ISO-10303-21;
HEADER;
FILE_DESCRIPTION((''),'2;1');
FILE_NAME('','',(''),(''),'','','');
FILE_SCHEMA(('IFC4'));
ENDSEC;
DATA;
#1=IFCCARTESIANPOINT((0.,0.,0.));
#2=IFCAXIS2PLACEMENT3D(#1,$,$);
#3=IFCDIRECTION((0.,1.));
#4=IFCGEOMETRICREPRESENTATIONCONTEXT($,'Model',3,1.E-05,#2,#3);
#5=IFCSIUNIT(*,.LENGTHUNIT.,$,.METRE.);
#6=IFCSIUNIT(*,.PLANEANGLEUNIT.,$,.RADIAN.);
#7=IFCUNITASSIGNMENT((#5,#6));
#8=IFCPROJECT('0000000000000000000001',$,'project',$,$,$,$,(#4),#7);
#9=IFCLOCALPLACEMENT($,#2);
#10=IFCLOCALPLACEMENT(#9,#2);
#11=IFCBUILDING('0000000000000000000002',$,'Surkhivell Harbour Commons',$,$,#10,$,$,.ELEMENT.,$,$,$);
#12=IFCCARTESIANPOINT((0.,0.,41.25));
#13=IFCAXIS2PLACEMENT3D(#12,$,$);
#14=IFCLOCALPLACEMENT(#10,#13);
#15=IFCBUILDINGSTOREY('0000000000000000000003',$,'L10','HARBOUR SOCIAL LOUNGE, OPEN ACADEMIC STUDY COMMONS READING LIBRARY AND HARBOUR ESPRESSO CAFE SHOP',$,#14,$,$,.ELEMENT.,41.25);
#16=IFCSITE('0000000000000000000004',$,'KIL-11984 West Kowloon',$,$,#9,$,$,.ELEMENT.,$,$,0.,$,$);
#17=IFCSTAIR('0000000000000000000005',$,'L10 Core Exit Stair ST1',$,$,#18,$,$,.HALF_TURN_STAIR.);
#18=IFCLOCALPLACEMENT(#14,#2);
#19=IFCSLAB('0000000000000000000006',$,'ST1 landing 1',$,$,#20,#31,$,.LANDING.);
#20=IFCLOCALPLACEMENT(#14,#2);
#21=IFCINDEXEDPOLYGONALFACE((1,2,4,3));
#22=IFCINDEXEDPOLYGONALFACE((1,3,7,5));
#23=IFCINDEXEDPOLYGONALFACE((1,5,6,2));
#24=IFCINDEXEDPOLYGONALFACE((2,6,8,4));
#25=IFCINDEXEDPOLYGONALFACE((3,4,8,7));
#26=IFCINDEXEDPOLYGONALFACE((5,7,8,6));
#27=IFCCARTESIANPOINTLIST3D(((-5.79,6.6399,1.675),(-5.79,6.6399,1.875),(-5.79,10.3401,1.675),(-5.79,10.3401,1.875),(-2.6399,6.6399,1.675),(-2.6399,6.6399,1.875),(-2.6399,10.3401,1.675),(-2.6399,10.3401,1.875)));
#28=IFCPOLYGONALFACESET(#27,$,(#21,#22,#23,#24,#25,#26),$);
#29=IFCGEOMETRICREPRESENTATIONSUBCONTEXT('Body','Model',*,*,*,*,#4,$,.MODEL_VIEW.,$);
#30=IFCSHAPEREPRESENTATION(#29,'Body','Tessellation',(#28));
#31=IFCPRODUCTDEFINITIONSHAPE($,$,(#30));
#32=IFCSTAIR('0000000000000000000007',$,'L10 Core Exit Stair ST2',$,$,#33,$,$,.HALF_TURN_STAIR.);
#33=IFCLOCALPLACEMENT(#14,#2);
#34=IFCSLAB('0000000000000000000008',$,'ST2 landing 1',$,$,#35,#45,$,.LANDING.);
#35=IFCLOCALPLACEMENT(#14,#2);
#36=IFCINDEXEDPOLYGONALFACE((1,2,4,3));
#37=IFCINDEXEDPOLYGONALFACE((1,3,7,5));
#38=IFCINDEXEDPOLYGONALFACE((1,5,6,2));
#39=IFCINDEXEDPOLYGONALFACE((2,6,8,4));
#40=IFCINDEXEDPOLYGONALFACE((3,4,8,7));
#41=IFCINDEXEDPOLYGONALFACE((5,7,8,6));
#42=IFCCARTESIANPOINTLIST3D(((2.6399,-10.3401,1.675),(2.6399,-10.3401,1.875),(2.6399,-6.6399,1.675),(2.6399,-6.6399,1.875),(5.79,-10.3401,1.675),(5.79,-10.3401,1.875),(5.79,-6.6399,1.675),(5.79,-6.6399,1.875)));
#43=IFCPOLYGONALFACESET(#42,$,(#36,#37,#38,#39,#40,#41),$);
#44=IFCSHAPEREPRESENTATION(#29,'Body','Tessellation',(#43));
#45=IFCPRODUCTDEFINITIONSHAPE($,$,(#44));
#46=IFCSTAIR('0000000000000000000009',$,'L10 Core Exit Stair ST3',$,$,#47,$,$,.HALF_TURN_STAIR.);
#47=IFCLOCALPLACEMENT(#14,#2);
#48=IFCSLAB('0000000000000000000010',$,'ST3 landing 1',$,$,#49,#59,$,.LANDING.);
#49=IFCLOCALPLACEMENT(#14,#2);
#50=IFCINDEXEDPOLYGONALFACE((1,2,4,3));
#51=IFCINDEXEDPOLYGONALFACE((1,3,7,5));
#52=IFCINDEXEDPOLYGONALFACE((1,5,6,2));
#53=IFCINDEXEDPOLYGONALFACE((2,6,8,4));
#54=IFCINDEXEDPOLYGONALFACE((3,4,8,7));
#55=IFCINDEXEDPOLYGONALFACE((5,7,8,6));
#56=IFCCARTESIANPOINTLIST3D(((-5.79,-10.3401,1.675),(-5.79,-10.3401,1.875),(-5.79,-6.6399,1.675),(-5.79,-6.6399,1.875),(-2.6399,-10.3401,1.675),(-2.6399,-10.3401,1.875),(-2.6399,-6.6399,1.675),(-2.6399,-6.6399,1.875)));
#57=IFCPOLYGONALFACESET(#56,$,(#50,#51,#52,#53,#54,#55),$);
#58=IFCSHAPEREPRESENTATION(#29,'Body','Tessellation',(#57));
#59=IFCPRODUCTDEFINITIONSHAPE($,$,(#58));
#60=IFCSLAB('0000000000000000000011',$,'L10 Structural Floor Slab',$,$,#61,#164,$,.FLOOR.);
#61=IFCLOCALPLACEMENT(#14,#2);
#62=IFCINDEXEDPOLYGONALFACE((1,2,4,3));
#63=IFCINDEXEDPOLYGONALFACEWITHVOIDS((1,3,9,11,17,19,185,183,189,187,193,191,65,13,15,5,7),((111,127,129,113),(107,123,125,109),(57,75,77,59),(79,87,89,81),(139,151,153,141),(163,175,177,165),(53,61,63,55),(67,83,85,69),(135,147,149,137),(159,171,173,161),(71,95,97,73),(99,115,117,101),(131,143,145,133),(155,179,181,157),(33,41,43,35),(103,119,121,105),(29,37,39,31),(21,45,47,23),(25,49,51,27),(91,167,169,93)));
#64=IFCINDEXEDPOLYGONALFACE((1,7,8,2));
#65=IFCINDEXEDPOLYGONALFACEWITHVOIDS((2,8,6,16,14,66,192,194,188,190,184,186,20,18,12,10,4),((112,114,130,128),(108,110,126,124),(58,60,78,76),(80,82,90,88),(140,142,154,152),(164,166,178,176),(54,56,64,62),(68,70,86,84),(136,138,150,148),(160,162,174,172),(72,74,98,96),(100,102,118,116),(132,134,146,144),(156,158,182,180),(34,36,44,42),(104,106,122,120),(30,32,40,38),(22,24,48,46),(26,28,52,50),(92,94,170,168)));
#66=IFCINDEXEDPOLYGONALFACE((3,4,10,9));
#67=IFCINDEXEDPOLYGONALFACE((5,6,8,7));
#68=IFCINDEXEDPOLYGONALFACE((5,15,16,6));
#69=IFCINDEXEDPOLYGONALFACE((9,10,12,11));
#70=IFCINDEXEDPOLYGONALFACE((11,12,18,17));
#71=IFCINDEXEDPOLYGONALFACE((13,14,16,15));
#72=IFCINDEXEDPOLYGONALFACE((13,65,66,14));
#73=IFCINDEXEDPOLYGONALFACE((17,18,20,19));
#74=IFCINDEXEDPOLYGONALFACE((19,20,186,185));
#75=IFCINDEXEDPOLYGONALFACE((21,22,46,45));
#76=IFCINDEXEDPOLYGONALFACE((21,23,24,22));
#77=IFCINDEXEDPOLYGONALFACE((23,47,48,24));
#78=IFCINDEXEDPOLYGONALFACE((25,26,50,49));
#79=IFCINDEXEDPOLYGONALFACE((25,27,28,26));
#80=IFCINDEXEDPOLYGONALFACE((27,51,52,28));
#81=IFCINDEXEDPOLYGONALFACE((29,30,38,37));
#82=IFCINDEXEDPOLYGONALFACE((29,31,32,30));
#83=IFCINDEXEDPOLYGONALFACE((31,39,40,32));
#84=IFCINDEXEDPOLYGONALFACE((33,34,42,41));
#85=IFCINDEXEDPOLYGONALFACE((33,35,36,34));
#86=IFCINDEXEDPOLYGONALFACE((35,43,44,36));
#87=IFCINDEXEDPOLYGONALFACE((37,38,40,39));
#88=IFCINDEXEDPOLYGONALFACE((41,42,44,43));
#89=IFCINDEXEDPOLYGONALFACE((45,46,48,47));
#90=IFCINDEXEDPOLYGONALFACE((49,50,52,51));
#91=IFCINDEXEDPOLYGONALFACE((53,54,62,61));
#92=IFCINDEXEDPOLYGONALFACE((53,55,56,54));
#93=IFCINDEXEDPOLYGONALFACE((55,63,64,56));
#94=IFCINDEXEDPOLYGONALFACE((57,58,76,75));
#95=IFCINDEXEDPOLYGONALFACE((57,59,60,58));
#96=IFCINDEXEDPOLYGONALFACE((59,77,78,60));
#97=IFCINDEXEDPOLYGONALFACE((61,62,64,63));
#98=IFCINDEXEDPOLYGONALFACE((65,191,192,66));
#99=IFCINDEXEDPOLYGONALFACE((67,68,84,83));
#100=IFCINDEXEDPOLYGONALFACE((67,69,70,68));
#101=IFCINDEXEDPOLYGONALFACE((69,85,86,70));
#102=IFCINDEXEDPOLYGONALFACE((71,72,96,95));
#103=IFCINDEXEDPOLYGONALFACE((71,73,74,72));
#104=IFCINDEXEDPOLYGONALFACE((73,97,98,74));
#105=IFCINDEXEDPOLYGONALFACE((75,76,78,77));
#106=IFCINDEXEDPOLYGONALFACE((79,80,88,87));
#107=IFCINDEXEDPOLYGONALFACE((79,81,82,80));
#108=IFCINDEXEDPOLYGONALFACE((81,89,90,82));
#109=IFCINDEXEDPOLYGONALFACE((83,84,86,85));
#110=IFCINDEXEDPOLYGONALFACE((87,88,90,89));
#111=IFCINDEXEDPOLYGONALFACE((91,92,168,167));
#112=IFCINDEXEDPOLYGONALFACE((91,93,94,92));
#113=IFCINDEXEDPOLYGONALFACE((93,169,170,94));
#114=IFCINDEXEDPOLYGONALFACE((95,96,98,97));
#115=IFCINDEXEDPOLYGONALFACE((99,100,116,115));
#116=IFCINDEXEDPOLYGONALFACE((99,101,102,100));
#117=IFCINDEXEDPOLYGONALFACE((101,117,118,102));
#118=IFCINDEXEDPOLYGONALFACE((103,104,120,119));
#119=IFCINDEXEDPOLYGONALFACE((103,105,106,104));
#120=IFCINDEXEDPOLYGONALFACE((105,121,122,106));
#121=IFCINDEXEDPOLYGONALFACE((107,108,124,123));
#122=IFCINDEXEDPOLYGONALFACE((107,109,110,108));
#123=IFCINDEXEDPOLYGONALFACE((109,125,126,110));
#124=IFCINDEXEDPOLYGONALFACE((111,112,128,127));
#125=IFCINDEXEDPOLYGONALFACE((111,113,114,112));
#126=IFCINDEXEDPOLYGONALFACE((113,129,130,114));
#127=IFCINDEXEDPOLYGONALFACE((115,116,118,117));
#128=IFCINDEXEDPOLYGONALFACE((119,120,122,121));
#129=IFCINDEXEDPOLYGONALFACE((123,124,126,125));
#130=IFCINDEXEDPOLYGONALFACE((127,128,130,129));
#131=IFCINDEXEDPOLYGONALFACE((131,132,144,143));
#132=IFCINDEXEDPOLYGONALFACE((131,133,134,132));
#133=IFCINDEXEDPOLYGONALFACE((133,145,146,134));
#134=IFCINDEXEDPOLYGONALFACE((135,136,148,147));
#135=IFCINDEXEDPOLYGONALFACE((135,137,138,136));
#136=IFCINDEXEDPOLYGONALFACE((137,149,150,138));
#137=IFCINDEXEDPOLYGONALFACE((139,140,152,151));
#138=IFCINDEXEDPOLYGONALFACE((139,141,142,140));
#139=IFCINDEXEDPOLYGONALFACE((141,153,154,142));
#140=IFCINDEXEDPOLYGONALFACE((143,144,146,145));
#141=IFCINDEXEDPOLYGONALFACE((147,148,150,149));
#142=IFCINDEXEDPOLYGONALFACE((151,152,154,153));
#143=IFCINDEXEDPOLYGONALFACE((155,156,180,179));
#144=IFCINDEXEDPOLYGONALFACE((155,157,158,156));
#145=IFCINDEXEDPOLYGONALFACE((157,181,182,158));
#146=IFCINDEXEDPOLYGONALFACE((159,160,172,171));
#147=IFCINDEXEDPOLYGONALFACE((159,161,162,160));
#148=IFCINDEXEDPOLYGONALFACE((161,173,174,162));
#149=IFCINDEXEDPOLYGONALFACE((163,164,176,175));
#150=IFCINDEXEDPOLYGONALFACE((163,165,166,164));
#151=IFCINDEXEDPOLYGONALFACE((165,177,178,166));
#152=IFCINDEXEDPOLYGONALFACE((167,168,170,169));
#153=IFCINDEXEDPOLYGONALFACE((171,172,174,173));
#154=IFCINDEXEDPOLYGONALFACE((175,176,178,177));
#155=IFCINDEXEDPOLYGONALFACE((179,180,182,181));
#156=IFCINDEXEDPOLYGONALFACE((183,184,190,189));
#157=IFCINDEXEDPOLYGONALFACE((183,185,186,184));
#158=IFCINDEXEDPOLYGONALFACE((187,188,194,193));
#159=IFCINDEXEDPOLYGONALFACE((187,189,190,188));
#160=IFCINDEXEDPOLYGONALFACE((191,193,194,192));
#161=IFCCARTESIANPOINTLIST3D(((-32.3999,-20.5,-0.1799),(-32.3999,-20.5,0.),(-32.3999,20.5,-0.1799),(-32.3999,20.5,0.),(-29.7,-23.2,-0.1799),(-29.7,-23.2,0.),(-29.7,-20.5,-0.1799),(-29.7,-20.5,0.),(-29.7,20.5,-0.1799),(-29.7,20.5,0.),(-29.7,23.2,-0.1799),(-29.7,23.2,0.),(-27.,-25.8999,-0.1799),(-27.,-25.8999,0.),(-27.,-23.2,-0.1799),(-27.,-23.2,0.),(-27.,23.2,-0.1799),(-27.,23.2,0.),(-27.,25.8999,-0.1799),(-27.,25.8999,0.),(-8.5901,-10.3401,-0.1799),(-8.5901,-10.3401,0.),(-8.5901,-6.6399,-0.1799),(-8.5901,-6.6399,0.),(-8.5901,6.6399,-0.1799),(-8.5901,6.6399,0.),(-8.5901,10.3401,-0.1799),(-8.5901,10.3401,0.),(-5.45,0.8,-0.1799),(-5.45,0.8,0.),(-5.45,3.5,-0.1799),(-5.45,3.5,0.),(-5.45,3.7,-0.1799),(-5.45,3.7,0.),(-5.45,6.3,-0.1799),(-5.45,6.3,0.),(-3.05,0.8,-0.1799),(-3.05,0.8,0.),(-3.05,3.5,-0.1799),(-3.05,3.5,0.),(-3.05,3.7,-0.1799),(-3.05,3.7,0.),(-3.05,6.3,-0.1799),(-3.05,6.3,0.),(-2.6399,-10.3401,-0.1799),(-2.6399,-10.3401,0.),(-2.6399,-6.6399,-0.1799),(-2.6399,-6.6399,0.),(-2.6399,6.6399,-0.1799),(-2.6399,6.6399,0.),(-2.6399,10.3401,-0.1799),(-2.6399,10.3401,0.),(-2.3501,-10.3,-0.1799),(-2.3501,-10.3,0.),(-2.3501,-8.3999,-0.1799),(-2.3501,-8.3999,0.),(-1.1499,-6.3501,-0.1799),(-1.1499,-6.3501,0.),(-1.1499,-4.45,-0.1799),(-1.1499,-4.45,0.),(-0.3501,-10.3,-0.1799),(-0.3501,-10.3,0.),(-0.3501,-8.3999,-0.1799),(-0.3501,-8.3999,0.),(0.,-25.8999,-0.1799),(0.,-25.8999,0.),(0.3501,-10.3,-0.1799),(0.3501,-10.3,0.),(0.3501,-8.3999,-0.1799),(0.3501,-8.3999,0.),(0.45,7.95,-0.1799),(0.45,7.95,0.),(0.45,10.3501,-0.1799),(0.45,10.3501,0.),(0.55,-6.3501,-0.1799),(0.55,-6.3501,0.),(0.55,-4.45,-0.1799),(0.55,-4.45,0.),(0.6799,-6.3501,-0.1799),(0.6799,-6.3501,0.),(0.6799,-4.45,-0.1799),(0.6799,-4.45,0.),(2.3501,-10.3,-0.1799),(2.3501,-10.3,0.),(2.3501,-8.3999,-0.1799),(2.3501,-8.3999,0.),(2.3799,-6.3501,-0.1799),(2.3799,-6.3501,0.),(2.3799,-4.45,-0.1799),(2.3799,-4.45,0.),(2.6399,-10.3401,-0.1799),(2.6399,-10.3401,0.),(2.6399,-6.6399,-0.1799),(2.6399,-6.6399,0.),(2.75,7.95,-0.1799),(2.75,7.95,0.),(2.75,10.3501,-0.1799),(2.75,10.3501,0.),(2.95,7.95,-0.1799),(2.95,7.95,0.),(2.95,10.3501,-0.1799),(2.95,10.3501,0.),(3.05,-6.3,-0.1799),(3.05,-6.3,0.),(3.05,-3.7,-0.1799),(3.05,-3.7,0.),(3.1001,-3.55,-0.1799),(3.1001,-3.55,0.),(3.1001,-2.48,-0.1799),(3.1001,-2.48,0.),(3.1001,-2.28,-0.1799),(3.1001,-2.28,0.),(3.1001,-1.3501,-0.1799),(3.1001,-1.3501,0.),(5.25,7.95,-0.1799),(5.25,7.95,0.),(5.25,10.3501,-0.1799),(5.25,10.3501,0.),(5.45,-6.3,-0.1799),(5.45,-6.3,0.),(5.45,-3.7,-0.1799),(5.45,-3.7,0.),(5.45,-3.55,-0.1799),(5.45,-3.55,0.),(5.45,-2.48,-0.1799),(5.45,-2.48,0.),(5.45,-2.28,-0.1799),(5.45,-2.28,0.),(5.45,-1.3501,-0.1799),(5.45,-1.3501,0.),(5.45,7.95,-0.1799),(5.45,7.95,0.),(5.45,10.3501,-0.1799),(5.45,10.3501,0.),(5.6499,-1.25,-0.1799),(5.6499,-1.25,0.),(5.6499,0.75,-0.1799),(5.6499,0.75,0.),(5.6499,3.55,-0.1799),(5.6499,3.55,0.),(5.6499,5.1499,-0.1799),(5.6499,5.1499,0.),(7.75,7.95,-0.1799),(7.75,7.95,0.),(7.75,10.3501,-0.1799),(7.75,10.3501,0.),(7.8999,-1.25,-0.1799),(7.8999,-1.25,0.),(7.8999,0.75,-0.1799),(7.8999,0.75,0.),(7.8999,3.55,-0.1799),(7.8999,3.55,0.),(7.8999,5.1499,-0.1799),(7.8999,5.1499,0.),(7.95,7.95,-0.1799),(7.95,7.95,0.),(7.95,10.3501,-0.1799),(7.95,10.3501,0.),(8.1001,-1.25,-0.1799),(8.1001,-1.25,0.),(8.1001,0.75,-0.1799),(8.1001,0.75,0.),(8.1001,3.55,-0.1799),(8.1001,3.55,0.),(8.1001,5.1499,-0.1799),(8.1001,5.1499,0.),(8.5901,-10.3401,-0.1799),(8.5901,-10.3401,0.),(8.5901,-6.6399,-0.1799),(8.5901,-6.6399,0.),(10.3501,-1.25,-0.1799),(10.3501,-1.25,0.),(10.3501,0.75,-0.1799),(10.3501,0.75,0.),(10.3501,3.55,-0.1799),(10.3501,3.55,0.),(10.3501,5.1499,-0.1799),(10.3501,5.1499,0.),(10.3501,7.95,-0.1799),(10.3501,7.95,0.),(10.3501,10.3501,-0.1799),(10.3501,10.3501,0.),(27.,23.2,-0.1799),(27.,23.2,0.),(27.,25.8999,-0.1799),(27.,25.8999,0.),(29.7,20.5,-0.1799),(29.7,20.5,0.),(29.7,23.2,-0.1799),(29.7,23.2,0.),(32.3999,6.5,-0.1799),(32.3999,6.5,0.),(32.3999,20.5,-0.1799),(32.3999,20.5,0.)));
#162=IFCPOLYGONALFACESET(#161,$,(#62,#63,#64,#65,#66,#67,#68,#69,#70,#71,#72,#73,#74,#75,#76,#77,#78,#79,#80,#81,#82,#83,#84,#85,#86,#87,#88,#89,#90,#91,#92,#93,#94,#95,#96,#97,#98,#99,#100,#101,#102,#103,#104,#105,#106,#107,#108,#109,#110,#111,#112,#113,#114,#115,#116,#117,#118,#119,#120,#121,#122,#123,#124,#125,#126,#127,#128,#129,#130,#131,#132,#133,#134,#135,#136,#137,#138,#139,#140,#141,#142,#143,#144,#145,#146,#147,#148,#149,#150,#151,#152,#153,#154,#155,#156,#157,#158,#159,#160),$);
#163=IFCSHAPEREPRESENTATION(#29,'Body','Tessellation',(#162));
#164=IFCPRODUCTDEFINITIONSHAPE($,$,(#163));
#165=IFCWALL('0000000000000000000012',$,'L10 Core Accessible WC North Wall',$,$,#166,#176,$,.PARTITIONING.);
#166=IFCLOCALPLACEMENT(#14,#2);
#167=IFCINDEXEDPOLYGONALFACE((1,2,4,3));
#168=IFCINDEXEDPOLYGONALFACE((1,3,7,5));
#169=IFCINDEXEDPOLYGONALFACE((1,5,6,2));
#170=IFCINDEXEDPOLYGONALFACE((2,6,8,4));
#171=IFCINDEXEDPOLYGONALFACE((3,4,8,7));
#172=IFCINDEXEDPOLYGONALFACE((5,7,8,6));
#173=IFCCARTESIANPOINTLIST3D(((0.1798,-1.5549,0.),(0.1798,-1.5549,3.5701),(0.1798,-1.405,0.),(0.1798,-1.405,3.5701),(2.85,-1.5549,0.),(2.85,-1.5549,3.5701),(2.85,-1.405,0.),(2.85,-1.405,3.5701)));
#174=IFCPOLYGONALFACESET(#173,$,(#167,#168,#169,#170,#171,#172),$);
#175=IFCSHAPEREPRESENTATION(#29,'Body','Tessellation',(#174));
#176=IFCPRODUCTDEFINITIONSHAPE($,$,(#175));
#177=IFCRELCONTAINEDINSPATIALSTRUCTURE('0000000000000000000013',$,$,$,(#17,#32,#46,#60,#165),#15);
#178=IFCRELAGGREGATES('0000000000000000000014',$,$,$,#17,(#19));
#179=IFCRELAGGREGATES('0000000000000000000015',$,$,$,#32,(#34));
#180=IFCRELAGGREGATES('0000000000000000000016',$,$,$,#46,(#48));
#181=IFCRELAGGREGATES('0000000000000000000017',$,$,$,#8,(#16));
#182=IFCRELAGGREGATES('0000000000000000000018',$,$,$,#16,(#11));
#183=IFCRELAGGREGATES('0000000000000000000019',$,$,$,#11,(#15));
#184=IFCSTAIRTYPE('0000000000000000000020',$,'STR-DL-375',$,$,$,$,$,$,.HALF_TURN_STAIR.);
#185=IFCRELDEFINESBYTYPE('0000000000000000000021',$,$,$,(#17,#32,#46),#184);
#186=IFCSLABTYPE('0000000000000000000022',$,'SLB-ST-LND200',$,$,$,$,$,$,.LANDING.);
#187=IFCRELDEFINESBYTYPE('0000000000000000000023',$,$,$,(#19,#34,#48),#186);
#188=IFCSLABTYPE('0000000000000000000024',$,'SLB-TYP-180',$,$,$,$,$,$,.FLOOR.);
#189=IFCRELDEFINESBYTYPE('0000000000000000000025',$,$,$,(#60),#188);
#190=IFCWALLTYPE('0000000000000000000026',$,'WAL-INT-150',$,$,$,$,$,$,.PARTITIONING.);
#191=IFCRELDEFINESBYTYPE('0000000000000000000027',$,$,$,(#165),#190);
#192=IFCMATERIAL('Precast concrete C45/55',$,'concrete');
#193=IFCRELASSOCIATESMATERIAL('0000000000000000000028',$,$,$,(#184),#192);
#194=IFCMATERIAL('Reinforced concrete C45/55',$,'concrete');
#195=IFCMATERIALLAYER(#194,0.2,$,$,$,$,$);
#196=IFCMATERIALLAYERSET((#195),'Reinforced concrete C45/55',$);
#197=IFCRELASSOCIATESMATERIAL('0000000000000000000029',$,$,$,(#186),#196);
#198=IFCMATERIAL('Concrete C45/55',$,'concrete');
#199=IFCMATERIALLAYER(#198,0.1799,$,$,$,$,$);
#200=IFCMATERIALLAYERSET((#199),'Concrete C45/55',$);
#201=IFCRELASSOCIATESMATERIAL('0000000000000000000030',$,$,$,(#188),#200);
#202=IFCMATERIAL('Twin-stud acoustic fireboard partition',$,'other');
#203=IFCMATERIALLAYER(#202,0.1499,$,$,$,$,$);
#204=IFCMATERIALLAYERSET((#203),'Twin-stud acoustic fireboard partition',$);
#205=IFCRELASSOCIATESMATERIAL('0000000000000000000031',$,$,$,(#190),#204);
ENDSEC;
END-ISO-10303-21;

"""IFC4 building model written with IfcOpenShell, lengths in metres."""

from ifc_helpers import new_model, si_unit, direction, frame, frame_2d, origin, place, context, subcontext, project, spatial, polyline, rectangle, outline, extrude, material, layer, layer_set, type_object, element, aggregate, save


model = new_model("IFC4")

# Units and contexts
model_context = context("Model", 3, precision=1e-05, world=origin(), true_north=direction((0.0, 1.0)))
body_context = subcontext(model_context, "Body", "Model", "MODEL_VIEW")
ifc_project = project(units=[si_unit("LENGTHUNIT", "METRE"), si_unit("PLANEANGLEUNIT", "RADIAN")], contexts=[model_context])

# Site, building, storey
site_placement = place(None, origin())
site = spatial("IfcSite", under=ifc_project, at=site_placement, Name="KIL-11984 West Kowloon", CompositionType="ELEMENT", RefElevation=0.0)
building_placement = place(site_placement, origin())
building = spatial("IfcBuilding", under=site, at=building_placement, Name="Surkhivell Harbour Commons", CompositionType="ELEMENT")
storey_placement = place(building_placement, frame((0.0, 0.0, 41.25)))
storey = spatial("IfcBuildingStorey", under=building, at=storey_placement, Name="L10", Description="HARBOUR SOCIAL LOUNGE, OPEN ACADEMIC STUDY COMMONS READING LIBRARY AND HARBOUR ESPRESSO CAFE SHOP", CompositionType="ELEMENT", Elevation=41.25)

# Stairs, slabs
ifc_material_1 = material(Name="Precast concrete C45/55", Category="concrete")
stair_type = type_object("IfcStairType", Name="STR-DL-375", PredefinedType="HALF_TURN_STAIR", material=ifc_material_1)
stair_1_placement = place(storey_placement, origin())
stair_1 = element("IfcStair", 1, at=stair_1_placement, inside=storey, type_object=stair_type, Name="L10 Core Exit Stair ST1", PredefinedType="HALF_TURN_STAIR")
ifc_material_2 = material(Name="Reinforced concrete C45/55", Category="concrete")
ifc_layer_1 = layer(ifc_material_2, 0.2)
ifc_layer_set_1 = layer_set([ifc_layer_1], Name="Reinforced concrete C45/55")
slab_type_1 = type_object("IfcSlabType", Name="SLB-ST-LND200", PredefinedType="LANDING", material=ifc_layer_set_1)
slab_1_placement = place(storey_placement, frame((0.0, 0.0, 1.675)))
slab_1 = element("IfcSlab", 2, at=slab_1_placement, type_object=slab_type_1, Name="ST1 landing 1", PredefinedType="LANDING", context=body_context, shape_type="SweptSolid", body=[
    extrude(outline(polyline([(-5.79, 6.6399), (-2.6399, 6.6399), (-2.6399, 10.3401), (-5.79, 10.3401), (-5.79, 6.6399)])), origin(), (0.0, 0.0, 1.0), 0.2),
])
aggregate(stair_1, [slab_1])
stair_2_placement = place(storey_placement, origin())
stair_2 = element("IfcStair", 3, at=stair_2_placement, inside=storey, type_object=stair_type, Name="L10 Core Exit Stair ST2", PredefinedType="HALF_TURN_STAIR")
slab_2_placement = place(storey_placement, frame((0.0, 0.0, 1.675)))
slab_2 = element("IfcSlab", 4, at=slab_2_placement, type_object=slab_type_1, Name="ST2 landing 1", PredefinedType="LANDING", context=body_context, shape_type="SweptSolid", body=[
    extrude(outline(polyline([(5.79, -6.6399), (2.6399, -6.6399), (2.6399, -10.3401), (5.79, -10.3401), (5.79, -6.6399)])), origin(), (0.0, 0.0, 1.0), 0.2),
])
aggregate(stair_2, [slab_2])
stair_3_placement = place(storey_placement, origin())
stair_3 = element("IfcStair", 5, at=stair_3_placement, inside=storey, type_object=stair_type, Name="L10 Core Exit Stair ST3", PredefinedType="HALF_TURN_STAIR")
slab_3_placement = place(storey_placement, frame((0.0, 0.0, 1.675)))
slab_3 = element("IfcSlab", 6, at=slab_3_placement, type_object=slab_type_1, Name="ST3 landing 1", PredefinedType="LANDING", context=body_context, shape_type="SweptSolid", body=[
    extrude(outline(polyline([(-5.79, -10.3401), (-2.6399, -10.3401), (-2.6399, -6.6399), (-5.79, -6.6399), (-5.79, -10.3401)])), origin(), (0.0, 0.0, 1.0), 0.2),
])
aggregate(stair_3, [slab_3])

# Slab
ifc_material_3 = material(Name="Concrete C45/55", Category="concrete")
ifc_layer_2 = layer(ifc_material_3, 0.1799)
ifc_layer_set_2 = layer_set([ifc_layer_2], Name="Concrete C45/55")
slab_type_2 = type_object("IfcSlabType", Name="SLB-TYP-180", PredefinedType="FLOOR", material=ifc_layer_set_2)
slab_4_placement = place(storey_placement, frame((0.0, 0.0, -0.1799)))
element("IfcSlab", 7, at=slab_4_placement, inside=storey, type_object=slab_type_2, Name="L10 Structural Floor Slab", PredefinedType="FLOOR", context=body_context, shape_type="SweptSolid", body=[
    extrude(outline(polyline([(-27.0, -25.8999), (0.0, -25.8999), (32.3999, 6.5), (32.3999, 20.5), (29.7, 20.5), (29.7, 23.2), (27.0, 23.2), (27.0, 25.8999), (-27.0, 25.8999), (-27.0, 23.2), (-29.7, 23.2), (-29.7, 20.5), (-32.3999, 20.5), (-32.3999, -20.5), (-29.7, -20.5), (-29.7, -23.2), (-27.0, -23.2), (-27.0, -25.8999)]), holes=[polyline([(-8.5901, 6.6399), (-2.6399, 6.6399), (-2.6399, 10.3401), (-8.5901, 10.3401), (-8.5901, 6.6399)]), polyline([(8.5901, -6.6399), (2.6399, -6.6399), (2.6399, -10.3401), (8.5901, -10.3401), (8.5901, -6.6399)]), polyline([(-8.5901, -10.3401), (-2.6399, -10.3401), (-2.6399, -6.6399), (-8.5901, -6.6399), (-8.5901, -10.3401)]), polyline([(0.45, 7.95), (2.75, 7.95), (2.75, 10.3501), (0.45, 10.3501), (0.45, 7.95)]), polyline([(2.95, 7.95), (5.25, 7.95), (5.25, 10.3501), (2.95, 10.3501), (2.95, 7.95)]), polyline([(5.45, 7.95), (7.75, 7.95), (7.75, 10.3501), (5.45, 10.3501), (5.45, 7.95)]), polyline([(7.95, 7.95), (10.3501, 7.95), (10.3501, 10.3501), (7.95, 10.3501), (7.95, 7.95)]), polyline([(5.6499, 3.55), (7.8999, 3.55), (7.8999, 5.1499), (5.6499, 5.1499), (5.6499, 3.55)]), polyline([(8.1001, 3.55), (10.3501, 3.55), (10.3501, 5.1499), (8.1001, 5.1499), (8.1001, 3.55)]), polyline([(5.6499, -1.25), (7.8999, -1.25), (7.8999, 0.75), (5.6499, 0.75), (5.6499, -1.25)]), polyline([(8.1001, -1.25), (10.3501, -1.25), (10.3501, 0.75), (8.1001, 0.75), (8.1001, -1.25)]), polyline([(-1.1499, -6.3501), (0.55, -6.3501), (0.55, -4.45), (-1.1499, -4.45), (-1.1499, -6.3501)]), polyline([(0.6799, -6.3501), (2.3799, -6.3501), (2.3799, -4.45), (0.6799, -4.45), (0.6799, -6.3501)]), polyline([(-2.3501, -10.3), (-0.3501, -10.3), (-0.3501, -8.3999), (-2.3501, -8.3999), (-2.3501, -10.3)]), polyline([(0.3501, -10.3), (2.3501, -10.3), (2.3501, -8.3999), (0.3501, -8.3999), (0.3501, -10.3)]), polyline([(-5.45, 3.7), (-3.05, 3.7), (-3.05, 6.3), (-5.45, 6.3), (-5.45, 3.7)]), polyline([(3.05, -6.3), (5.45, -6.3), (5.45, -3.7), (3.05, -3.7), (3.05, -6.3)]), polyline([(-5.45, 0.8), (-3.05, 0.8), (-3.05, 3.5), (-5.45, 3.5), (-5.45, 0.8)]), polyline([(3.1001, -3.55), (5.45, -3.55), (5.45, -2.48), (3.1001, -2.48), (3.1001, -3.55)]), polyline([(3.1001, -2.28), (5.45, -2.28), (5.45, -1.3501), (3.1001, -1.3501), (3.1001, -2.28)])]), origin(), (0.0, 0.0, 1.0), 0.1799),
])

# Wall
ifc_material_4 = material(Name="Twin-stud acoustic fireboard partition", Category="other")
ifc_layer_3 = layer(ifc_material_4, 0.1499)
ifc_layer_set_3 = layer_set([ifc_layer_3], Name="Twin-stud acoustic fireboard partition")
wall_type_1 = type_object("IfcWallType", Name="WAL-INT-150", PredefinedType="PARTITIONING", material=ifc_layer_set_3)
wall_1_placement = place(storey_placement, frame((0.1799, -1.48, 0.0), z_axis=(0.0, 0.0, 1.0), x_axis=(1.0, 0.0, 0.0)))
element("IfcWall", 8, at=wall_1_placement, inside=storey, type_object=wall_type_1, Name="L10 Core Accessible WC North Wall", PredefinedType="PARTITIONING", context=body_context, shape_type="SweptSolid", body=[
    extrude(rectangle(XDim=2.6702, YDim=0.1499, at=frame_2d((1.335, 0.0))), origin(), (0.0, 0.0, 1.0), 3.5701),
])

save(model, "model.ifc")
